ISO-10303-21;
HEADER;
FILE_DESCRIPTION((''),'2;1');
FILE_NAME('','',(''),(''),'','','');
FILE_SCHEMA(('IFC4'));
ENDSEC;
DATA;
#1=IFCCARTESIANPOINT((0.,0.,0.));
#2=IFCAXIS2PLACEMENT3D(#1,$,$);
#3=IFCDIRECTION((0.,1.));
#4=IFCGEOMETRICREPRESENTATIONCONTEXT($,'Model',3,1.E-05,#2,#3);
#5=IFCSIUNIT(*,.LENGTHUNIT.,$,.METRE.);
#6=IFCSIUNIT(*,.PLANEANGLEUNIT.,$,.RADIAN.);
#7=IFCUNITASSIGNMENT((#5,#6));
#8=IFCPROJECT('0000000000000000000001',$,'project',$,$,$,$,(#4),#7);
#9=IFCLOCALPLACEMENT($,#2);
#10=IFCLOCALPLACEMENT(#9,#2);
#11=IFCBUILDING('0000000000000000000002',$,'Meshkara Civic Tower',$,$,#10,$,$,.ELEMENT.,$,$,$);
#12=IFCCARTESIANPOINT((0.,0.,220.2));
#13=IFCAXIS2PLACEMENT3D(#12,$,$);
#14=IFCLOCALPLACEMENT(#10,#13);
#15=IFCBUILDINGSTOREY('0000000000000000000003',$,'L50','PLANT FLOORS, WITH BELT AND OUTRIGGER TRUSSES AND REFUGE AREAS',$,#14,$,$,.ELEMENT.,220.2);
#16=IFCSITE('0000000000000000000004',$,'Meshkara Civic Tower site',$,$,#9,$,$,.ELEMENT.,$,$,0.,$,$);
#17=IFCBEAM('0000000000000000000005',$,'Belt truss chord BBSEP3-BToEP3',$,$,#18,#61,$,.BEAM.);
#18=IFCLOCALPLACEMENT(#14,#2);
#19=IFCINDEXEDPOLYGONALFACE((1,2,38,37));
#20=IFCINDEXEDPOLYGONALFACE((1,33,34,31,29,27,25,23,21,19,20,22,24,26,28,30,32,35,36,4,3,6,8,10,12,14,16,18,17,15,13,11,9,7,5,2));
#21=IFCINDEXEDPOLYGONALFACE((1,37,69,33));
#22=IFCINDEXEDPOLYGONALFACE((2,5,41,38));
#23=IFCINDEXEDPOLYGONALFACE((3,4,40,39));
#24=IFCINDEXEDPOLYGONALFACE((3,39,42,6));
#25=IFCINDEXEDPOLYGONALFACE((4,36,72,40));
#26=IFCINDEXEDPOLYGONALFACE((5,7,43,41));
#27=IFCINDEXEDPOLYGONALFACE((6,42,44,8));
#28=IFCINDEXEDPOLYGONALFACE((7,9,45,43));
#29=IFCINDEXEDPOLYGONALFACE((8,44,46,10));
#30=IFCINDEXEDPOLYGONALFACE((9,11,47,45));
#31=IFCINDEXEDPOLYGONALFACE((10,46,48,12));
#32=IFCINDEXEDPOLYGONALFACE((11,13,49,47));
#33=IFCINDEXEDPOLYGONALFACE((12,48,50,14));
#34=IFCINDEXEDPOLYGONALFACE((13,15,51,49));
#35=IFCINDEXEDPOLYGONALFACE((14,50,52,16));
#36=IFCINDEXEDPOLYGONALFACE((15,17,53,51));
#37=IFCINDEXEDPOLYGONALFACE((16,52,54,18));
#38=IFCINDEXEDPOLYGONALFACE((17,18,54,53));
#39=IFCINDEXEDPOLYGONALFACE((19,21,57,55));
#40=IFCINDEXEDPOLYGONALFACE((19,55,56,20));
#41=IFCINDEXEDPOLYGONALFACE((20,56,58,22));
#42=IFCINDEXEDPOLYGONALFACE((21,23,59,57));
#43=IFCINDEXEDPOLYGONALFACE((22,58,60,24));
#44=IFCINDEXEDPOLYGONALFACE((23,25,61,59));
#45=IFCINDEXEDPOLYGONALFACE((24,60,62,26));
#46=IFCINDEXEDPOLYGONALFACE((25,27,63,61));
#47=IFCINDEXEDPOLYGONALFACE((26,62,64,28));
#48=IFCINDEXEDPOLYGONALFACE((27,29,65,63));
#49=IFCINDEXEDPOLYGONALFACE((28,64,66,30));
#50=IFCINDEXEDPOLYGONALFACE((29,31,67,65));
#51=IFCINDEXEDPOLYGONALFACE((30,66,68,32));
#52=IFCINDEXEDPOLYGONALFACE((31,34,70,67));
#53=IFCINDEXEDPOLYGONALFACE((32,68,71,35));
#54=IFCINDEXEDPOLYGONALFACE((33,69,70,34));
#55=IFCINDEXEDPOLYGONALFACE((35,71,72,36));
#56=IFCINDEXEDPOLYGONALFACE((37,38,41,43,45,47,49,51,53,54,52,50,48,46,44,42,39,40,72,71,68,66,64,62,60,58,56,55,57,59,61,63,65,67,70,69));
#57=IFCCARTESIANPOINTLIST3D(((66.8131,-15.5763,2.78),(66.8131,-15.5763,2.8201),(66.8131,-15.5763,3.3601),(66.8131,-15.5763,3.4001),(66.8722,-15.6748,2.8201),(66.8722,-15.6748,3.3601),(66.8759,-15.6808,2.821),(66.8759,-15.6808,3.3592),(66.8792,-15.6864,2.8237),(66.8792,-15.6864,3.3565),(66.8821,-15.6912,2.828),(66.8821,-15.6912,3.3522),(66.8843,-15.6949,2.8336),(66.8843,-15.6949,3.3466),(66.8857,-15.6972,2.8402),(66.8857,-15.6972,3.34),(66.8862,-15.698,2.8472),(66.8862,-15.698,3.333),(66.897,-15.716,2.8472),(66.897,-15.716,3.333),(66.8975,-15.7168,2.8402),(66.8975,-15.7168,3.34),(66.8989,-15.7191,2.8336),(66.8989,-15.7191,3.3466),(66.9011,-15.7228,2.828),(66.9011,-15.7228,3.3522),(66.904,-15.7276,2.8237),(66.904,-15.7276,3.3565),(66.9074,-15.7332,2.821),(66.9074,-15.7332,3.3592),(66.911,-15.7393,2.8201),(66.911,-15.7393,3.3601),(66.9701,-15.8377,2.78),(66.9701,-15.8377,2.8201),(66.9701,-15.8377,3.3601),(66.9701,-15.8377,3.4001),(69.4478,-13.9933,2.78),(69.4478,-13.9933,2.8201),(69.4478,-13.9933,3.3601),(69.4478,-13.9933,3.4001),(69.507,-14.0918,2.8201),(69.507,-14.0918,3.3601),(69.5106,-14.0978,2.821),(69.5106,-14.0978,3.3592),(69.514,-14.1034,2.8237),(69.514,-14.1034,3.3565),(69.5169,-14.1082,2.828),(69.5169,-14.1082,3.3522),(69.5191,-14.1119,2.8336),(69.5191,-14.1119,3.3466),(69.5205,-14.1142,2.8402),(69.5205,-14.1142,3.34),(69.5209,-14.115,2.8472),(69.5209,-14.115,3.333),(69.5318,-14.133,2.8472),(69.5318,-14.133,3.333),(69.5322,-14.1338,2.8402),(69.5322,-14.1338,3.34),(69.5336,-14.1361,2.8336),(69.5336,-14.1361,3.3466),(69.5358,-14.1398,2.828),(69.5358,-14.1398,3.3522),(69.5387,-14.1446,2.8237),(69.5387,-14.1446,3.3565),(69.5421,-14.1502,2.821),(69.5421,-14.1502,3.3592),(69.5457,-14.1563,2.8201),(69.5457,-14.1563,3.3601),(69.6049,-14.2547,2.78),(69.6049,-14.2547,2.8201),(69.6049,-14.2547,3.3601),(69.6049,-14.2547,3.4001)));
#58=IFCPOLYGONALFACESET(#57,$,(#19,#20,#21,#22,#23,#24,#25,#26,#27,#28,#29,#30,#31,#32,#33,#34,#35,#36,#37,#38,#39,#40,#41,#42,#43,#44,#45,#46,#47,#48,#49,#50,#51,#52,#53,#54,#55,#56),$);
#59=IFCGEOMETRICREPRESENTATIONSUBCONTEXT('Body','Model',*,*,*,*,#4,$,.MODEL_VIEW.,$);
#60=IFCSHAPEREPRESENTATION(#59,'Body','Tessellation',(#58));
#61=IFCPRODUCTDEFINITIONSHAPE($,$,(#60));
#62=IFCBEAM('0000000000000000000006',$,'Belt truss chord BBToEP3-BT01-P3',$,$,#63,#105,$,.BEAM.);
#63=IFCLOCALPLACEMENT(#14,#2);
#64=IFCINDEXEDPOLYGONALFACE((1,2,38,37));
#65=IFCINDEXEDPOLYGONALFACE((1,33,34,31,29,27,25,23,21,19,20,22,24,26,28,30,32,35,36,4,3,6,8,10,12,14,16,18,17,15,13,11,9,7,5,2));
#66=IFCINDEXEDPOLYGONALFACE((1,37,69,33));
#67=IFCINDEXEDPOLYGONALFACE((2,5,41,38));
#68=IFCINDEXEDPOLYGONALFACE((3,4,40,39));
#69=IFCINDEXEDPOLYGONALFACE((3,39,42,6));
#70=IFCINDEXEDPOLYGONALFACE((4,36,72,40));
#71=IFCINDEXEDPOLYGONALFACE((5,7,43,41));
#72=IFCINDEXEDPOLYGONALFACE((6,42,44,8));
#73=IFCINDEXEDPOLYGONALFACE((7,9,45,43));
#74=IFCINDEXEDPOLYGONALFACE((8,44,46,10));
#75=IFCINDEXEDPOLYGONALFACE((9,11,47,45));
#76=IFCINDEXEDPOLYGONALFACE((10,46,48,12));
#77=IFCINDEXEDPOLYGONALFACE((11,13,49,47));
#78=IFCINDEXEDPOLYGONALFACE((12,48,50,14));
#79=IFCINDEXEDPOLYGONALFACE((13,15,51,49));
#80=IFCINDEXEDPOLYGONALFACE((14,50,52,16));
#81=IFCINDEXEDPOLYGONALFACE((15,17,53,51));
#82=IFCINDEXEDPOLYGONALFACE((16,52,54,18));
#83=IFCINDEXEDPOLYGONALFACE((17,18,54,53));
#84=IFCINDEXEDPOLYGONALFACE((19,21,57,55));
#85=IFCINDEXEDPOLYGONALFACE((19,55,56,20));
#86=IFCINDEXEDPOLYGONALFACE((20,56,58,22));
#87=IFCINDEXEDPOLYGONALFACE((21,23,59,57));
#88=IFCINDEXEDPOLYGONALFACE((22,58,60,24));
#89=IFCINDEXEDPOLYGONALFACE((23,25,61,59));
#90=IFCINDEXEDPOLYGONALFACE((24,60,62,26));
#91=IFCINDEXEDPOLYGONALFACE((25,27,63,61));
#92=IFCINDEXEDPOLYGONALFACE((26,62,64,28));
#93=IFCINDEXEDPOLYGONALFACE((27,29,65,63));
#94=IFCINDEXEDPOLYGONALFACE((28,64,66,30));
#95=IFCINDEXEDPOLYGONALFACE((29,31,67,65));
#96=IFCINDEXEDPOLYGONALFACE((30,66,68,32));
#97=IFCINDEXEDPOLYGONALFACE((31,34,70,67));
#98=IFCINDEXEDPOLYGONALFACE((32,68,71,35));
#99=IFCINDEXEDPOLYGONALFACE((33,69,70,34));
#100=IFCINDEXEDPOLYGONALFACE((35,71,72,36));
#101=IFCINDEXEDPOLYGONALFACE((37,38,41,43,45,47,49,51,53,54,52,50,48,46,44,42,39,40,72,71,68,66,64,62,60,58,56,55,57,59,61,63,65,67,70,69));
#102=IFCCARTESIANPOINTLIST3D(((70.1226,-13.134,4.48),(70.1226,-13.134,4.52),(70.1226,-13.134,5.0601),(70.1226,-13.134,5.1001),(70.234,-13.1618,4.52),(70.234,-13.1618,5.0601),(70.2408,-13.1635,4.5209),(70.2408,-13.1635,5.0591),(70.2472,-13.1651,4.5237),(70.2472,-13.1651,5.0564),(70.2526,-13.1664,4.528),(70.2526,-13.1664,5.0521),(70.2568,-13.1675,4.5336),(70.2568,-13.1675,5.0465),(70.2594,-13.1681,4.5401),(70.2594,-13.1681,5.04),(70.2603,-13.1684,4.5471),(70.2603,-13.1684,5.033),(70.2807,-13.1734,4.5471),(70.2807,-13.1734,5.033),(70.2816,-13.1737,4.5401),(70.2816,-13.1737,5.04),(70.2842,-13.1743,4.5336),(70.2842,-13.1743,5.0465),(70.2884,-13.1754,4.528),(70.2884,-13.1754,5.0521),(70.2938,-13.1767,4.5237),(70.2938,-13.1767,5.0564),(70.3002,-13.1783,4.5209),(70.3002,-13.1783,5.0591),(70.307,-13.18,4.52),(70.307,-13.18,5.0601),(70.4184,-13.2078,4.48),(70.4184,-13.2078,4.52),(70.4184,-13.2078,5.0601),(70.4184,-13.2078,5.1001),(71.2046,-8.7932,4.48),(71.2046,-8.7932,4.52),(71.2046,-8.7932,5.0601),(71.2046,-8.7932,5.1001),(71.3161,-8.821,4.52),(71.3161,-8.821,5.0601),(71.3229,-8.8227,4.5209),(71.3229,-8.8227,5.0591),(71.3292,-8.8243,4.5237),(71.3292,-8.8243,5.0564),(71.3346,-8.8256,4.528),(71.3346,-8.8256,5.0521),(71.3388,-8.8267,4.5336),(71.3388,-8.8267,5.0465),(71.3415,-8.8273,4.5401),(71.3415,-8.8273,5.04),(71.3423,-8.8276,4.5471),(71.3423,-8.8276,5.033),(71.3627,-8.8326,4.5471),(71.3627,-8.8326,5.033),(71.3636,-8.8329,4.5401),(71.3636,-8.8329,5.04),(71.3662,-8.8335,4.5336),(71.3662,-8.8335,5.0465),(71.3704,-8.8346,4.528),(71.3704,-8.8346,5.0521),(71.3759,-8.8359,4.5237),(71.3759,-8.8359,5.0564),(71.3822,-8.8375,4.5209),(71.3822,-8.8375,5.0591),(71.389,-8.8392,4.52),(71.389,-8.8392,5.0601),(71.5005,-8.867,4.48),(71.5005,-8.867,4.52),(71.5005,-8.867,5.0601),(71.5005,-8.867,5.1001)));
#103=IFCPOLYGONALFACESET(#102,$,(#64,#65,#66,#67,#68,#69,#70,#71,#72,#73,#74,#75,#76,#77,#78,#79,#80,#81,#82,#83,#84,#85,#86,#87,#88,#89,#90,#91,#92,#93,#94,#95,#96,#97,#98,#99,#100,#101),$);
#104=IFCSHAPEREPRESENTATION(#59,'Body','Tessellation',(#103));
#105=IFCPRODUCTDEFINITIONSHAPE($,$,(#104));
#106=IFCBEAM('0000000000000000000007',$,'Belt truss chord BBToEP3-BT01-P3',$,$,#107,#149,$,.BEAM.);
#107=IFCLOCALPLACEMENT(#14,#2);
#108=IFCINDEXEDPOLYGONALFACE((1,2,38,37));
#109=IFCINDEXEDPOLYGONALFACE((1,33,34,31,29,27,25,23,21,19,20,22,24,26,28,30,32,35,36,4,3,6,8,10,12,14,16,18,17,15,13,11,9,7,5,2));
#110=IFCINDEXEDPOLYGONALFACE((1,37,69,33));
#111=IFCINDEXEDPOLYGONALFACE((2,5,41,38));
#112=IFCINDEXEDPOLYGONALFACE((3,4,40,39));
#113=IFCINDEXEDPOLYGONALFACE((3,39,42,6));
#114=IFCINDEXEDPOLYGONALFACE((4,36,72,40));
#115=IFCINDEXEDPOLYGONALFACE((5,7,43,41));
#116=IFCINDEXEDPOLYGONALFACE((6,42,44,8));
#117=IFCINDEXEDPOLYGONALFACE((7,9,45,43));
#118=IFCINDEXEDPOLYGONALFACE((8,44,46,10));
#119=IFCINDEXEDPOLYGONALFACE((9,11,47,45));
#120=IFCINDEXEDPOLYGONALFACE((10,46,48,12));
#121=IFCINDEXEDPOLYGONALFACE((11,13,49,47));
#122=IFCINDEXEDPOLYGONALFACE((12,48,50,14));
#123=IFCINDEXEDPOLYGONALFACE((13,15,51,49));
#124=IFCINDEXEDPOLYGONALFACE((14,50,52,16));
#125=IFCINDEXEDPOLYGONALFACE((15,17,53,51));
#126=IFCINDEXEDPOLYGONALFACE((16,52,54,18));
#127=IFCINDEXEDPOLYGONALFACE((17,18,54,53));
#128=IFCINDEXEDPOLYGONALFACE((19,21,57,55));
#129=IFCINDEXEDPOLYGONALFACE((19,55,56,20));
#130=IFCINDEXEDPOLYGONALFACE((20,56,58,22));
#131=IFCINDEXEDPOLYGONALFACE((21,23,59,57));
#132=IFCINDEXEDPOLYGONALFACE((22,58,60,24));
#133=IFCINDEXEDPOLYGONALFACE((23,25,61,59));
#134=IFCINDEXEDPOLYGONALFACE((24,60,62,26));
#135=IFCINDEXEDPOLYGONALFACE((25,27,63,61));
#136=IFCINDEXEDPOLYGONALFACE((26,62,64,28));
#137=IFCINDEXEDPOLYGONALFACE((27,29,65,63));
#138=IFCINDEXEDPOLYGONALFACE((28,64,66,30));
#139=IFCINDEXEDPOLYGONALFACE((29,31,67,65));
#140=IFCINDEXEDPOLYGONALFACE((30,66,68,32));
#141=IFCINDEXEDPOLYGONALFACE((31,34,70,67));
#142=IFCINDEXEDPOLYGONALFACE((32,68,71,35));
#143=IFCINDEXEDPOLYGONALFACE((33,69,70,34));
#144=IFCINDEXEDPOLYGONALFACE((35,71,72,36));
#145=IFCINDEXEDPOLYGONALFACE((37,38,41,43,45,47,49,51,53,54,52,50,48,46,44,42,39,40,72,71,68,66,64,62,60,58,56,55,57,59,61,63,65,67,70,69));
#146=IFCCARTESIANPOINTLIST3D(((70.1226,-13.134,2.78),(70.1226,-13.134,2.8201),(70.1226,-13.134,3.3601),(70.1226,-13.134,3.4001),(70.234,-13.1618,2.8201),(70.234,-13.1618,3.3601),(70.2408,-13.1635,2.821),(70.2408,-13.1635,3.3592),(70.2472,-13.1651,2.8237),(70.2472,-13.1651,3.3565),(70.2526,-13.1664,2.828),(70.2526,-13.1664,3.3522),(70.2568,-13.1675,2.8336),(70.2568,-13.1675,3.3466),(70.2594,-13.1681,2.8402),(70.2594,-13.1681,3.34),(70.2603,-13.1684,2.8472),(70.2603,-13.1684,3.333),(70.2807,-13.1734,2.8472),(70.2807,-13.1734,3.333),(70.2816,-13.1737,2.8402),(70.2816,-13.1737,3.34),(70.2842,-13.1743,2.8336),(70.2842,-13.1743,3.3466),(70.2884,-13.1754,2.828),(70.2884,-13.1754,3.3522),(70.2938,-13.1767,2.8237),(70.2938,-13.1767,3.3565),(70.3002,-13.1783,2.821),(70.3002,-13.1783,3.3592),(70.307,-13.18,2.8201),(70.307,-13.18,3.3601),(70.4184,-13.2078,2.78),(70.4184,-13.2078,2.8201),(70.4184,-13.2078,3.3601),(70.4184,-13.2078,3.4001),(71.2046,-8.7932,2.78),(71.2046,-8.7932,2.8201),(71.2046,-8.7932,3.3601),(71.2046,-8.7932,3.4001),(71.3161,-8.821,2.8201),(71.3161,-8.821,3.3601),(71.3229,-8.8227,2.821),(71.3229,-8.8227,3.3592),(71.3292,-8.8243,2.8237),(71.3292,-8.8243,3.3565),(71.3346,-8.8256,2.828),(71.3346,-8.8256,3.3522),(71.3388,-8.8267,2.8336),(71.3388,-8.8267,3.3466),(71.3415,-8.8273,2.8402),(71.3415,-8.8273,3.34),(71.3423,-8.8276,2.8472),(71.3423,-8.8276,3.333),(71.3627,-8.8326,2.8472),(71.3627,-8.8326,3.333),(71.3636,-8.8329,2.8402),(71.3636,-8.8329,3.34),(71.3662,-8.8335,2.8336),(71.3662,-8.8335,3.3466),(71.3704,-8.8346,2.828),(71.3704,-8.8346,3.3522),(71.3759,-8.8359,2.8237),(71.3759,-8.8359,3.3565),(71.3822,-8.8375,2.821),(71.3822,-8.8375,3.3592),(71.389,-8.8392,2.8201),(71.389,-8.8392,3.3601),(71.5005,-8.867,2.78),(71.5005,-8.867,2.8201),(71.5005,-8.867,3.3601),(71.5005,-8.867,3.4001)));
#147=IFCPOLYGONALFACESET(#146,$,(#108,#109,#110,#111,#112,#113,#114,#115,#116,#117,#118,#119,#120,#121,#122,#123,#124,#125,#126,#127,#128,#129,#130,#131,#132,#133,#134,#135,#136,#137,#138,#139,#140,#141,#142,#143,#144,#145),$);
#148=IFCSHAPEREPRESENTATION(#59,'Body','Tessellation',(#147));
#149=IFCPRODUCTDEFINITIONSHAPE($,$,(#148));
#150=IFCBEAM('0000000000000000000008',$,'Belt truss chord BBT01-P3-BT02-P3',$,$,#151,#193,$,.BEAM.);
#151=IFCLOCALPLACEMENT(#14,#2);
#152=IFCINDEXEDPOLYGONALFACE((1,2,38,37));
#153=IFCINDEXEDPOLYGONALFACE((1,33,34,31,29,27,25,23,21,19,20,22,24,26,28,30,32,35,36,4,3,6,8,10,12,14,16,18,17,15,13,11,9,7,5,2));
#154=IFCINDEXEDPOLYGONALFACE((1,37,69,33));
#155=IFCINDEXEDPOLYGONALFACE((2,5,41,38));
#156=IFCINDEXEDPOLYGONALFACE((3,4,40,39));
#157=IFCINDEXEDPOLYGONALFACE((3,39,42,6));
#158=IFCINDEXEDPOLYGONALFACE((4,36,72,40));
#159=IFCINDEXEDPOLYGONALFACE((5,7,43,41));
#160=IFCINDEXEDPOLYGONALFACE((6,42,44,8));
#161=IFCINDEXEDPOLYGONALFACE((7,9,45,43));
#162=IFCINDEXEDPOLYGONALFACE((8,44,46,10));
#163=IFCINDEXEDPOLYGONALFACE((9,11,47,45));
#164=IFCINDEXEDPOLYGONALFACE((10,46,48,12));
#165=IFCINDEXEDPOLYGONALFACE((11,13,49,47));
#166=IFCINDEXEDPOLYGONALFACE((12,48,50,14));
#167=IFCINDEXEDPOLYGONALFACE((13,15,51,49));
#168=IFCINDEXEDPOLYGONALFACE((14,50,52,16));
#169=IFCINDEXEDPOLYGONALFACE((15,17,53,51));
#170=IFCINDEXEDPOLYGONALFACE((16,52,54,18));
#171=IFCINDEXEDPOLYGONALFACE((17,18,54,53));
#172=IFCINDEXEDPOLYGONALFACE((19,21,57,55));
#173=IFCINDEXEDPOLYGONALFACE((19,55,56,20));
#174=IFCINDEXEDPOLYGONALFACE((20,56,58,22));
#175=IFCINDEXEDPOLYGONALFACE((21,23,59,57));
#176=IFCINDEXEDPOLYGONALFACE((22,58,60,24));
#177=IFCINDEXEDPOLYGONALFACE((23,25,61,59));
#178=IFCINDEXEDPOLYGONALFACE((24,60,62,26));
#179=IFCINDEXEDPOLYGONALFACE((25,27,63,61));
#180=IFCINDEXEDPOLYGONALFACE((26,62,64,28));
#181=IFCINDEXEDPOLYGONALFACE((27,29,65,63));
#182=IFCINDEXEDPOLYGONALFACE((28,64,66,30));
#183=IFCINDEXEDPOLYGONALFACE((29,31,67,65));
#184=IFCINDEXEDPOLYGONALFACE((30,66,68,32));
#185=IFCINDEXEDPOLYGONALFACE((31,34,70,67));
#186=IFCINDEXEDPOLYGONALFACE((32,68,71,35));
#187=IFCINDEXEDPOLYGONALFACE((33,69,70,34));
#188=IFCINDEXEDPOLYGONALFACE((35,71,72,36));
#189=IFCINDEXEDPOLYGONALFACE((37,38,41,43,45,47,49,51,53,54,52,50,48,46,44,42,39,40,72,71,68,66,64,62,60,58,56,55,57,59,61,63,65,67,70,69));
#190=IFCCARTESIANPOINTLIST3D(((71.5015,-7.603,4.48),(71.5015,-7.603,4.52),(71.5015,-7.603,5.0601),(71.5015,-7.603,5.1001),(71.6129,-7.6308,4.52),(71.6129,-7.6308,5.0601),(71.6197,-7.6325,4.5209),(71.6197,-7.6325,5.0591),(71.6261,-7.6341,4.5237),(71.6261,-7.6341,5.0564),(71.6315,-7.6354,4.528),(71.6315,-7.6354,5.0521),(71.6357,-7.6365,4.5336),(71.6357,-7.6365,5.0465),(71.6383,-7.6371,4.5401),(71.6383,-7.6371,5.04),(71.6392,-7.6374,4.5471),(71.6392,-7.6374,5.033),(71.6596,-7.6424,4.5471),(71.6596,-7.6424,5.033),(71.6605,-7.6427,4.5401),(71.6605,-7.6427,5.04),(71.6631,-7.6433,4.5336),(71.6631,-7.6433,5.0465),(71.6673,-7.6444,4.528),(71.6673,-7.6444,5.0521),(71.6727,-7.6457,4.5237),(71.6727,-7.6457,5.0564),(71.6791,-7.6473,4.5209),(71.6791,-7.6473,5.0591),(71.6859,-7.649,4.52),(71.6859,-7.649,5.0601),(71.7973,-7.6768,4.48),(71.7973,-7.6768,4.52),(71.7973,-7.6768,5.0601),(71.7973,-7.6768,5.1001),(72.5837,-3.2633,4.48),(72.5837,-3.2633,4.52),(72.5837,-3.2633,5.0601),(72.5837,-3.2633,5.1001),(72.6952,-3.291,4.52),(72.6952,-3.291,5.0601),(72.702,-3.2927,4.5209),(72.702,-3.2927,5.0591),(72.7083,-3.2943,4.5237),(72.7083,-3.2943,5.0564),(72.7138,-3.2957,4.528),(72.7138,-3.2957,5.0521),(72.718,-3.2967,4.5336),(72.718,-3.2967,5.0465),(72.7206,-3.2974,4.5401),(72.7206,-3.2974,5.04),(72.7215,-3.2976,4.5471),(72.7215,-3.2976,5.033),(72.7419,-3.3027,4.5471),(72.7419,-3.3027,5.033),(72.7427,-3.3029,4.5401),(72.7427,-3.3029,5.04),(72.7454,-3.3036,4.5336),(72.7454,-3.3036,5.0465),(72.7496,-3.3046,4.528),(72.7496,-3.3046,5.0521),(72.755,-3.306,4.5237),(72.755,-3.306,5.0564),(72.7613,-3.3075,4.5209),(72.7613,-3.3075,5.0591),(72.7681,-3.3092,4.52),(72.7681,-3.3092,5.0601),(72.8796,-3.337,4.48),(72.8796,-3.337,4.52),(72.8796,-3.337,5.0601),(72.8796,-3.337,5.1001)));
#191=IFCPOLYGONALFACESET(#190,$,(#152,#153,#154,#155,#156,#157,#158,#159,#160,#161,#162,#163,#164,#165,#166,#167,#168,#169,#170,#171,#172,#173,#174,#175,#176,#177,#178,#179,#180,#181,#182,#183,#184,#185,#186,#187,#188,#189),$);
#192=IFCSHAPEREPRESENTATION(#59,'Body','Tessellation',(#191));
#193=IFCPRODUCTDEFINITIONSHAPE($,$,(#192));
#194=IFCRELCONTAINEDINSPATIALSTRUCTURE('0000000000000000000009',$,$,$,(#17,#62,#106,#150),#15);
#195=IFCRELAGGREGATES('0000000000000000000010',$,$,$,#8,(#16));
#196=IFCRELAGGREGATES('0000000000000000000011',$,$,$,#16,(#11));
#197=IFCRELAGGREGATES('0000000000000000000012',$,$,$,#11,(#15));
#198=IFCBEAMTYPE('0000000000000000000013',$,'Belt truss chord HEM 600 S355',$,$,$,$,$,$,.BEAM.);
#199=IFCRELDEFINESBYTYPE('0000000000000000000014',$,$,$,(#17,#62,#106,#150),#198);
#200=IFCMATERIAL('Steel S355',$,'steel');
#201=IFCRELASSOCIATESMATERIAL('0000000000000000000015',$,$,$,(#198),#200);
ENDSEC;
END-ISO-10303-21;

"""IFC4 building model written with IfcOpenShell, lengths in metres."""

from ifc_helpers import new_model, si_unit, direction, frame, origin, origin_2d, place, context, subcontext, project, spatial, i_section, extrude, material, material_profile, profile_set, type_object, element, save


model = new_model("IFC4")

# Units and contexts
model_context = context("Model", 3, precision=1e-05, world=origin(), true_north=direction((0.0, 1.0)))
body_context = subcontext(model_context, "Body", "Model", "MODEL_VIEW")
ifc_project = project(units=[si_unit("LENGTHUNIT", "METRE"), si_unit("PLANEANGLEUNIT", "RADIAN")], contexts=[model_context])

# Site, building, storey
site_placement = place(None, origin())
site = spatial("IfcSite", under=ifc_project, at=site_placement, Name="Meshkara Civic Tower site", CompositionType="ELEMENT", RefElevation=0.0)
building_placement = place(site_placement, origin())
building = spatial("IfcBuilding", under=site, at=building_placement, Name="Meshkara Civic Tower", CompositionType="ELEMENT")
storey_placement = place(building_placement, frame((0.0, 0.0, 220.2)))
storey = spatial("IfcBuildingStorey", under=building, at=storey_placement, Name="L50", Description="PLANT FLOORS, WITH BELT AND OUTRIGGER TRUSSES AND REFUGE AREAS", CompositionType="ELEMENT", Elevation=220.2)

# Beams
ifc_material_1 = material(Name="Steel S355", Category="steel")
ifc_material_profile_1 = material_profile(ifc_material_1, i_section(OverallWidth=0.3049, OverallDepth=0.6201, WebThickness=0.021, FlangeThickness=0.04, FilletRadius=0.0271, at=origin_2d()))
ifc_profile_set_1 = profile_set([ifc_material_profile_1], Name="Steel S355")
beam_type = type_object("IfcBeamType", Name="Belt truss chord HEM 600 S355", PredefinedType="BEAM", material=ifc_profile_set_1)
for number, where, z_axis, x_axis, name in (
    (1, (66.8916, -15.707, 3.0901), (0.857184, 0.51501, 0.0), (-0.51501, 0.857184, 0.0), "Belt truss chord BBSEP3-BToEP3"),
):
    element("IfcBeam", number, at=place(storey_placement, frame(where, z_axis=z_axis, x_axis=x_axis)), inside=storey, type_object=beam_type, Name=name, PredefinedType="BEAM", context=body_context, shape_type="SweptSolid", body=[
        extrude(i_section(OverallWidth=0.3049, OverallDepth=0.6201, WebThickness=0.021, FlangeThickness=0.04, FilletRadius=0.0271, at=origin_2d()), origin(), (0.0, 0.0, 1.0), 3.0737),
    ])
for number, where, z_axis, x_axis, name in (
    (2, (70.2705, -13.1709, 4.79), (0.241868, 0.970309, 0.0), (-0.970309, 0.241868, 0.0), "Belt truss chord BBToEP3-BT01-P3"),
    (3, (70.2705, -13.1709, 3.0901), (0.241868, 0.970309, 0.0), (-0.970309, 0.241868, 0.0), "Belt truss chord BBToEP3-BT01-P3"),
):
    element("IfcBeam", number, at=place(storey_placement, frame(where, z_axis=z_axis, x_axis=x_axis)), inside=storey, type_object=beam_type, Name=name, PredefinedType="BEAM", context=body_context, shape_type="SweptSolid", body=[
        extrude(i_section(OverallWidth=0.3049, OverallDepth=0.6201, WebThickness=0.021, FlangeThickness=0.04, FilletRadius=0.0271, at=origin_2d()), origin(), (0.0, 0.0, 1.0), 4.4736),
    ])
for number, where, z_axis, x_axis, name in (
    (4, (71.6494, -7.6399, 4.79), (0.24197, 0.970284, 0.0), (-0.970284, 0.24197, 0.0), "Belt truss chord BBT01-P3-BT02-P3"),
):
    element("IfcBeam", number, at=place(storey_placement, frame(where, z_axis=z_axis, x_axis=x_axis)), inside=storey, type_object=beam_type, Name=name, PredefinedType="BEAM", context=body_context, shape_type="SweptSolid", body=[
        extrude(i_section(OverallWidth=0.3049, OverallDepth=0.6201, WebThickness=0.021, FlangeThickness=0.04, FilletRadius=0.0271, at=origin_2d()), origin(), (0.0, 0.0, 1.0), 4.4727),
    ])

save(model, "model.ifc")
